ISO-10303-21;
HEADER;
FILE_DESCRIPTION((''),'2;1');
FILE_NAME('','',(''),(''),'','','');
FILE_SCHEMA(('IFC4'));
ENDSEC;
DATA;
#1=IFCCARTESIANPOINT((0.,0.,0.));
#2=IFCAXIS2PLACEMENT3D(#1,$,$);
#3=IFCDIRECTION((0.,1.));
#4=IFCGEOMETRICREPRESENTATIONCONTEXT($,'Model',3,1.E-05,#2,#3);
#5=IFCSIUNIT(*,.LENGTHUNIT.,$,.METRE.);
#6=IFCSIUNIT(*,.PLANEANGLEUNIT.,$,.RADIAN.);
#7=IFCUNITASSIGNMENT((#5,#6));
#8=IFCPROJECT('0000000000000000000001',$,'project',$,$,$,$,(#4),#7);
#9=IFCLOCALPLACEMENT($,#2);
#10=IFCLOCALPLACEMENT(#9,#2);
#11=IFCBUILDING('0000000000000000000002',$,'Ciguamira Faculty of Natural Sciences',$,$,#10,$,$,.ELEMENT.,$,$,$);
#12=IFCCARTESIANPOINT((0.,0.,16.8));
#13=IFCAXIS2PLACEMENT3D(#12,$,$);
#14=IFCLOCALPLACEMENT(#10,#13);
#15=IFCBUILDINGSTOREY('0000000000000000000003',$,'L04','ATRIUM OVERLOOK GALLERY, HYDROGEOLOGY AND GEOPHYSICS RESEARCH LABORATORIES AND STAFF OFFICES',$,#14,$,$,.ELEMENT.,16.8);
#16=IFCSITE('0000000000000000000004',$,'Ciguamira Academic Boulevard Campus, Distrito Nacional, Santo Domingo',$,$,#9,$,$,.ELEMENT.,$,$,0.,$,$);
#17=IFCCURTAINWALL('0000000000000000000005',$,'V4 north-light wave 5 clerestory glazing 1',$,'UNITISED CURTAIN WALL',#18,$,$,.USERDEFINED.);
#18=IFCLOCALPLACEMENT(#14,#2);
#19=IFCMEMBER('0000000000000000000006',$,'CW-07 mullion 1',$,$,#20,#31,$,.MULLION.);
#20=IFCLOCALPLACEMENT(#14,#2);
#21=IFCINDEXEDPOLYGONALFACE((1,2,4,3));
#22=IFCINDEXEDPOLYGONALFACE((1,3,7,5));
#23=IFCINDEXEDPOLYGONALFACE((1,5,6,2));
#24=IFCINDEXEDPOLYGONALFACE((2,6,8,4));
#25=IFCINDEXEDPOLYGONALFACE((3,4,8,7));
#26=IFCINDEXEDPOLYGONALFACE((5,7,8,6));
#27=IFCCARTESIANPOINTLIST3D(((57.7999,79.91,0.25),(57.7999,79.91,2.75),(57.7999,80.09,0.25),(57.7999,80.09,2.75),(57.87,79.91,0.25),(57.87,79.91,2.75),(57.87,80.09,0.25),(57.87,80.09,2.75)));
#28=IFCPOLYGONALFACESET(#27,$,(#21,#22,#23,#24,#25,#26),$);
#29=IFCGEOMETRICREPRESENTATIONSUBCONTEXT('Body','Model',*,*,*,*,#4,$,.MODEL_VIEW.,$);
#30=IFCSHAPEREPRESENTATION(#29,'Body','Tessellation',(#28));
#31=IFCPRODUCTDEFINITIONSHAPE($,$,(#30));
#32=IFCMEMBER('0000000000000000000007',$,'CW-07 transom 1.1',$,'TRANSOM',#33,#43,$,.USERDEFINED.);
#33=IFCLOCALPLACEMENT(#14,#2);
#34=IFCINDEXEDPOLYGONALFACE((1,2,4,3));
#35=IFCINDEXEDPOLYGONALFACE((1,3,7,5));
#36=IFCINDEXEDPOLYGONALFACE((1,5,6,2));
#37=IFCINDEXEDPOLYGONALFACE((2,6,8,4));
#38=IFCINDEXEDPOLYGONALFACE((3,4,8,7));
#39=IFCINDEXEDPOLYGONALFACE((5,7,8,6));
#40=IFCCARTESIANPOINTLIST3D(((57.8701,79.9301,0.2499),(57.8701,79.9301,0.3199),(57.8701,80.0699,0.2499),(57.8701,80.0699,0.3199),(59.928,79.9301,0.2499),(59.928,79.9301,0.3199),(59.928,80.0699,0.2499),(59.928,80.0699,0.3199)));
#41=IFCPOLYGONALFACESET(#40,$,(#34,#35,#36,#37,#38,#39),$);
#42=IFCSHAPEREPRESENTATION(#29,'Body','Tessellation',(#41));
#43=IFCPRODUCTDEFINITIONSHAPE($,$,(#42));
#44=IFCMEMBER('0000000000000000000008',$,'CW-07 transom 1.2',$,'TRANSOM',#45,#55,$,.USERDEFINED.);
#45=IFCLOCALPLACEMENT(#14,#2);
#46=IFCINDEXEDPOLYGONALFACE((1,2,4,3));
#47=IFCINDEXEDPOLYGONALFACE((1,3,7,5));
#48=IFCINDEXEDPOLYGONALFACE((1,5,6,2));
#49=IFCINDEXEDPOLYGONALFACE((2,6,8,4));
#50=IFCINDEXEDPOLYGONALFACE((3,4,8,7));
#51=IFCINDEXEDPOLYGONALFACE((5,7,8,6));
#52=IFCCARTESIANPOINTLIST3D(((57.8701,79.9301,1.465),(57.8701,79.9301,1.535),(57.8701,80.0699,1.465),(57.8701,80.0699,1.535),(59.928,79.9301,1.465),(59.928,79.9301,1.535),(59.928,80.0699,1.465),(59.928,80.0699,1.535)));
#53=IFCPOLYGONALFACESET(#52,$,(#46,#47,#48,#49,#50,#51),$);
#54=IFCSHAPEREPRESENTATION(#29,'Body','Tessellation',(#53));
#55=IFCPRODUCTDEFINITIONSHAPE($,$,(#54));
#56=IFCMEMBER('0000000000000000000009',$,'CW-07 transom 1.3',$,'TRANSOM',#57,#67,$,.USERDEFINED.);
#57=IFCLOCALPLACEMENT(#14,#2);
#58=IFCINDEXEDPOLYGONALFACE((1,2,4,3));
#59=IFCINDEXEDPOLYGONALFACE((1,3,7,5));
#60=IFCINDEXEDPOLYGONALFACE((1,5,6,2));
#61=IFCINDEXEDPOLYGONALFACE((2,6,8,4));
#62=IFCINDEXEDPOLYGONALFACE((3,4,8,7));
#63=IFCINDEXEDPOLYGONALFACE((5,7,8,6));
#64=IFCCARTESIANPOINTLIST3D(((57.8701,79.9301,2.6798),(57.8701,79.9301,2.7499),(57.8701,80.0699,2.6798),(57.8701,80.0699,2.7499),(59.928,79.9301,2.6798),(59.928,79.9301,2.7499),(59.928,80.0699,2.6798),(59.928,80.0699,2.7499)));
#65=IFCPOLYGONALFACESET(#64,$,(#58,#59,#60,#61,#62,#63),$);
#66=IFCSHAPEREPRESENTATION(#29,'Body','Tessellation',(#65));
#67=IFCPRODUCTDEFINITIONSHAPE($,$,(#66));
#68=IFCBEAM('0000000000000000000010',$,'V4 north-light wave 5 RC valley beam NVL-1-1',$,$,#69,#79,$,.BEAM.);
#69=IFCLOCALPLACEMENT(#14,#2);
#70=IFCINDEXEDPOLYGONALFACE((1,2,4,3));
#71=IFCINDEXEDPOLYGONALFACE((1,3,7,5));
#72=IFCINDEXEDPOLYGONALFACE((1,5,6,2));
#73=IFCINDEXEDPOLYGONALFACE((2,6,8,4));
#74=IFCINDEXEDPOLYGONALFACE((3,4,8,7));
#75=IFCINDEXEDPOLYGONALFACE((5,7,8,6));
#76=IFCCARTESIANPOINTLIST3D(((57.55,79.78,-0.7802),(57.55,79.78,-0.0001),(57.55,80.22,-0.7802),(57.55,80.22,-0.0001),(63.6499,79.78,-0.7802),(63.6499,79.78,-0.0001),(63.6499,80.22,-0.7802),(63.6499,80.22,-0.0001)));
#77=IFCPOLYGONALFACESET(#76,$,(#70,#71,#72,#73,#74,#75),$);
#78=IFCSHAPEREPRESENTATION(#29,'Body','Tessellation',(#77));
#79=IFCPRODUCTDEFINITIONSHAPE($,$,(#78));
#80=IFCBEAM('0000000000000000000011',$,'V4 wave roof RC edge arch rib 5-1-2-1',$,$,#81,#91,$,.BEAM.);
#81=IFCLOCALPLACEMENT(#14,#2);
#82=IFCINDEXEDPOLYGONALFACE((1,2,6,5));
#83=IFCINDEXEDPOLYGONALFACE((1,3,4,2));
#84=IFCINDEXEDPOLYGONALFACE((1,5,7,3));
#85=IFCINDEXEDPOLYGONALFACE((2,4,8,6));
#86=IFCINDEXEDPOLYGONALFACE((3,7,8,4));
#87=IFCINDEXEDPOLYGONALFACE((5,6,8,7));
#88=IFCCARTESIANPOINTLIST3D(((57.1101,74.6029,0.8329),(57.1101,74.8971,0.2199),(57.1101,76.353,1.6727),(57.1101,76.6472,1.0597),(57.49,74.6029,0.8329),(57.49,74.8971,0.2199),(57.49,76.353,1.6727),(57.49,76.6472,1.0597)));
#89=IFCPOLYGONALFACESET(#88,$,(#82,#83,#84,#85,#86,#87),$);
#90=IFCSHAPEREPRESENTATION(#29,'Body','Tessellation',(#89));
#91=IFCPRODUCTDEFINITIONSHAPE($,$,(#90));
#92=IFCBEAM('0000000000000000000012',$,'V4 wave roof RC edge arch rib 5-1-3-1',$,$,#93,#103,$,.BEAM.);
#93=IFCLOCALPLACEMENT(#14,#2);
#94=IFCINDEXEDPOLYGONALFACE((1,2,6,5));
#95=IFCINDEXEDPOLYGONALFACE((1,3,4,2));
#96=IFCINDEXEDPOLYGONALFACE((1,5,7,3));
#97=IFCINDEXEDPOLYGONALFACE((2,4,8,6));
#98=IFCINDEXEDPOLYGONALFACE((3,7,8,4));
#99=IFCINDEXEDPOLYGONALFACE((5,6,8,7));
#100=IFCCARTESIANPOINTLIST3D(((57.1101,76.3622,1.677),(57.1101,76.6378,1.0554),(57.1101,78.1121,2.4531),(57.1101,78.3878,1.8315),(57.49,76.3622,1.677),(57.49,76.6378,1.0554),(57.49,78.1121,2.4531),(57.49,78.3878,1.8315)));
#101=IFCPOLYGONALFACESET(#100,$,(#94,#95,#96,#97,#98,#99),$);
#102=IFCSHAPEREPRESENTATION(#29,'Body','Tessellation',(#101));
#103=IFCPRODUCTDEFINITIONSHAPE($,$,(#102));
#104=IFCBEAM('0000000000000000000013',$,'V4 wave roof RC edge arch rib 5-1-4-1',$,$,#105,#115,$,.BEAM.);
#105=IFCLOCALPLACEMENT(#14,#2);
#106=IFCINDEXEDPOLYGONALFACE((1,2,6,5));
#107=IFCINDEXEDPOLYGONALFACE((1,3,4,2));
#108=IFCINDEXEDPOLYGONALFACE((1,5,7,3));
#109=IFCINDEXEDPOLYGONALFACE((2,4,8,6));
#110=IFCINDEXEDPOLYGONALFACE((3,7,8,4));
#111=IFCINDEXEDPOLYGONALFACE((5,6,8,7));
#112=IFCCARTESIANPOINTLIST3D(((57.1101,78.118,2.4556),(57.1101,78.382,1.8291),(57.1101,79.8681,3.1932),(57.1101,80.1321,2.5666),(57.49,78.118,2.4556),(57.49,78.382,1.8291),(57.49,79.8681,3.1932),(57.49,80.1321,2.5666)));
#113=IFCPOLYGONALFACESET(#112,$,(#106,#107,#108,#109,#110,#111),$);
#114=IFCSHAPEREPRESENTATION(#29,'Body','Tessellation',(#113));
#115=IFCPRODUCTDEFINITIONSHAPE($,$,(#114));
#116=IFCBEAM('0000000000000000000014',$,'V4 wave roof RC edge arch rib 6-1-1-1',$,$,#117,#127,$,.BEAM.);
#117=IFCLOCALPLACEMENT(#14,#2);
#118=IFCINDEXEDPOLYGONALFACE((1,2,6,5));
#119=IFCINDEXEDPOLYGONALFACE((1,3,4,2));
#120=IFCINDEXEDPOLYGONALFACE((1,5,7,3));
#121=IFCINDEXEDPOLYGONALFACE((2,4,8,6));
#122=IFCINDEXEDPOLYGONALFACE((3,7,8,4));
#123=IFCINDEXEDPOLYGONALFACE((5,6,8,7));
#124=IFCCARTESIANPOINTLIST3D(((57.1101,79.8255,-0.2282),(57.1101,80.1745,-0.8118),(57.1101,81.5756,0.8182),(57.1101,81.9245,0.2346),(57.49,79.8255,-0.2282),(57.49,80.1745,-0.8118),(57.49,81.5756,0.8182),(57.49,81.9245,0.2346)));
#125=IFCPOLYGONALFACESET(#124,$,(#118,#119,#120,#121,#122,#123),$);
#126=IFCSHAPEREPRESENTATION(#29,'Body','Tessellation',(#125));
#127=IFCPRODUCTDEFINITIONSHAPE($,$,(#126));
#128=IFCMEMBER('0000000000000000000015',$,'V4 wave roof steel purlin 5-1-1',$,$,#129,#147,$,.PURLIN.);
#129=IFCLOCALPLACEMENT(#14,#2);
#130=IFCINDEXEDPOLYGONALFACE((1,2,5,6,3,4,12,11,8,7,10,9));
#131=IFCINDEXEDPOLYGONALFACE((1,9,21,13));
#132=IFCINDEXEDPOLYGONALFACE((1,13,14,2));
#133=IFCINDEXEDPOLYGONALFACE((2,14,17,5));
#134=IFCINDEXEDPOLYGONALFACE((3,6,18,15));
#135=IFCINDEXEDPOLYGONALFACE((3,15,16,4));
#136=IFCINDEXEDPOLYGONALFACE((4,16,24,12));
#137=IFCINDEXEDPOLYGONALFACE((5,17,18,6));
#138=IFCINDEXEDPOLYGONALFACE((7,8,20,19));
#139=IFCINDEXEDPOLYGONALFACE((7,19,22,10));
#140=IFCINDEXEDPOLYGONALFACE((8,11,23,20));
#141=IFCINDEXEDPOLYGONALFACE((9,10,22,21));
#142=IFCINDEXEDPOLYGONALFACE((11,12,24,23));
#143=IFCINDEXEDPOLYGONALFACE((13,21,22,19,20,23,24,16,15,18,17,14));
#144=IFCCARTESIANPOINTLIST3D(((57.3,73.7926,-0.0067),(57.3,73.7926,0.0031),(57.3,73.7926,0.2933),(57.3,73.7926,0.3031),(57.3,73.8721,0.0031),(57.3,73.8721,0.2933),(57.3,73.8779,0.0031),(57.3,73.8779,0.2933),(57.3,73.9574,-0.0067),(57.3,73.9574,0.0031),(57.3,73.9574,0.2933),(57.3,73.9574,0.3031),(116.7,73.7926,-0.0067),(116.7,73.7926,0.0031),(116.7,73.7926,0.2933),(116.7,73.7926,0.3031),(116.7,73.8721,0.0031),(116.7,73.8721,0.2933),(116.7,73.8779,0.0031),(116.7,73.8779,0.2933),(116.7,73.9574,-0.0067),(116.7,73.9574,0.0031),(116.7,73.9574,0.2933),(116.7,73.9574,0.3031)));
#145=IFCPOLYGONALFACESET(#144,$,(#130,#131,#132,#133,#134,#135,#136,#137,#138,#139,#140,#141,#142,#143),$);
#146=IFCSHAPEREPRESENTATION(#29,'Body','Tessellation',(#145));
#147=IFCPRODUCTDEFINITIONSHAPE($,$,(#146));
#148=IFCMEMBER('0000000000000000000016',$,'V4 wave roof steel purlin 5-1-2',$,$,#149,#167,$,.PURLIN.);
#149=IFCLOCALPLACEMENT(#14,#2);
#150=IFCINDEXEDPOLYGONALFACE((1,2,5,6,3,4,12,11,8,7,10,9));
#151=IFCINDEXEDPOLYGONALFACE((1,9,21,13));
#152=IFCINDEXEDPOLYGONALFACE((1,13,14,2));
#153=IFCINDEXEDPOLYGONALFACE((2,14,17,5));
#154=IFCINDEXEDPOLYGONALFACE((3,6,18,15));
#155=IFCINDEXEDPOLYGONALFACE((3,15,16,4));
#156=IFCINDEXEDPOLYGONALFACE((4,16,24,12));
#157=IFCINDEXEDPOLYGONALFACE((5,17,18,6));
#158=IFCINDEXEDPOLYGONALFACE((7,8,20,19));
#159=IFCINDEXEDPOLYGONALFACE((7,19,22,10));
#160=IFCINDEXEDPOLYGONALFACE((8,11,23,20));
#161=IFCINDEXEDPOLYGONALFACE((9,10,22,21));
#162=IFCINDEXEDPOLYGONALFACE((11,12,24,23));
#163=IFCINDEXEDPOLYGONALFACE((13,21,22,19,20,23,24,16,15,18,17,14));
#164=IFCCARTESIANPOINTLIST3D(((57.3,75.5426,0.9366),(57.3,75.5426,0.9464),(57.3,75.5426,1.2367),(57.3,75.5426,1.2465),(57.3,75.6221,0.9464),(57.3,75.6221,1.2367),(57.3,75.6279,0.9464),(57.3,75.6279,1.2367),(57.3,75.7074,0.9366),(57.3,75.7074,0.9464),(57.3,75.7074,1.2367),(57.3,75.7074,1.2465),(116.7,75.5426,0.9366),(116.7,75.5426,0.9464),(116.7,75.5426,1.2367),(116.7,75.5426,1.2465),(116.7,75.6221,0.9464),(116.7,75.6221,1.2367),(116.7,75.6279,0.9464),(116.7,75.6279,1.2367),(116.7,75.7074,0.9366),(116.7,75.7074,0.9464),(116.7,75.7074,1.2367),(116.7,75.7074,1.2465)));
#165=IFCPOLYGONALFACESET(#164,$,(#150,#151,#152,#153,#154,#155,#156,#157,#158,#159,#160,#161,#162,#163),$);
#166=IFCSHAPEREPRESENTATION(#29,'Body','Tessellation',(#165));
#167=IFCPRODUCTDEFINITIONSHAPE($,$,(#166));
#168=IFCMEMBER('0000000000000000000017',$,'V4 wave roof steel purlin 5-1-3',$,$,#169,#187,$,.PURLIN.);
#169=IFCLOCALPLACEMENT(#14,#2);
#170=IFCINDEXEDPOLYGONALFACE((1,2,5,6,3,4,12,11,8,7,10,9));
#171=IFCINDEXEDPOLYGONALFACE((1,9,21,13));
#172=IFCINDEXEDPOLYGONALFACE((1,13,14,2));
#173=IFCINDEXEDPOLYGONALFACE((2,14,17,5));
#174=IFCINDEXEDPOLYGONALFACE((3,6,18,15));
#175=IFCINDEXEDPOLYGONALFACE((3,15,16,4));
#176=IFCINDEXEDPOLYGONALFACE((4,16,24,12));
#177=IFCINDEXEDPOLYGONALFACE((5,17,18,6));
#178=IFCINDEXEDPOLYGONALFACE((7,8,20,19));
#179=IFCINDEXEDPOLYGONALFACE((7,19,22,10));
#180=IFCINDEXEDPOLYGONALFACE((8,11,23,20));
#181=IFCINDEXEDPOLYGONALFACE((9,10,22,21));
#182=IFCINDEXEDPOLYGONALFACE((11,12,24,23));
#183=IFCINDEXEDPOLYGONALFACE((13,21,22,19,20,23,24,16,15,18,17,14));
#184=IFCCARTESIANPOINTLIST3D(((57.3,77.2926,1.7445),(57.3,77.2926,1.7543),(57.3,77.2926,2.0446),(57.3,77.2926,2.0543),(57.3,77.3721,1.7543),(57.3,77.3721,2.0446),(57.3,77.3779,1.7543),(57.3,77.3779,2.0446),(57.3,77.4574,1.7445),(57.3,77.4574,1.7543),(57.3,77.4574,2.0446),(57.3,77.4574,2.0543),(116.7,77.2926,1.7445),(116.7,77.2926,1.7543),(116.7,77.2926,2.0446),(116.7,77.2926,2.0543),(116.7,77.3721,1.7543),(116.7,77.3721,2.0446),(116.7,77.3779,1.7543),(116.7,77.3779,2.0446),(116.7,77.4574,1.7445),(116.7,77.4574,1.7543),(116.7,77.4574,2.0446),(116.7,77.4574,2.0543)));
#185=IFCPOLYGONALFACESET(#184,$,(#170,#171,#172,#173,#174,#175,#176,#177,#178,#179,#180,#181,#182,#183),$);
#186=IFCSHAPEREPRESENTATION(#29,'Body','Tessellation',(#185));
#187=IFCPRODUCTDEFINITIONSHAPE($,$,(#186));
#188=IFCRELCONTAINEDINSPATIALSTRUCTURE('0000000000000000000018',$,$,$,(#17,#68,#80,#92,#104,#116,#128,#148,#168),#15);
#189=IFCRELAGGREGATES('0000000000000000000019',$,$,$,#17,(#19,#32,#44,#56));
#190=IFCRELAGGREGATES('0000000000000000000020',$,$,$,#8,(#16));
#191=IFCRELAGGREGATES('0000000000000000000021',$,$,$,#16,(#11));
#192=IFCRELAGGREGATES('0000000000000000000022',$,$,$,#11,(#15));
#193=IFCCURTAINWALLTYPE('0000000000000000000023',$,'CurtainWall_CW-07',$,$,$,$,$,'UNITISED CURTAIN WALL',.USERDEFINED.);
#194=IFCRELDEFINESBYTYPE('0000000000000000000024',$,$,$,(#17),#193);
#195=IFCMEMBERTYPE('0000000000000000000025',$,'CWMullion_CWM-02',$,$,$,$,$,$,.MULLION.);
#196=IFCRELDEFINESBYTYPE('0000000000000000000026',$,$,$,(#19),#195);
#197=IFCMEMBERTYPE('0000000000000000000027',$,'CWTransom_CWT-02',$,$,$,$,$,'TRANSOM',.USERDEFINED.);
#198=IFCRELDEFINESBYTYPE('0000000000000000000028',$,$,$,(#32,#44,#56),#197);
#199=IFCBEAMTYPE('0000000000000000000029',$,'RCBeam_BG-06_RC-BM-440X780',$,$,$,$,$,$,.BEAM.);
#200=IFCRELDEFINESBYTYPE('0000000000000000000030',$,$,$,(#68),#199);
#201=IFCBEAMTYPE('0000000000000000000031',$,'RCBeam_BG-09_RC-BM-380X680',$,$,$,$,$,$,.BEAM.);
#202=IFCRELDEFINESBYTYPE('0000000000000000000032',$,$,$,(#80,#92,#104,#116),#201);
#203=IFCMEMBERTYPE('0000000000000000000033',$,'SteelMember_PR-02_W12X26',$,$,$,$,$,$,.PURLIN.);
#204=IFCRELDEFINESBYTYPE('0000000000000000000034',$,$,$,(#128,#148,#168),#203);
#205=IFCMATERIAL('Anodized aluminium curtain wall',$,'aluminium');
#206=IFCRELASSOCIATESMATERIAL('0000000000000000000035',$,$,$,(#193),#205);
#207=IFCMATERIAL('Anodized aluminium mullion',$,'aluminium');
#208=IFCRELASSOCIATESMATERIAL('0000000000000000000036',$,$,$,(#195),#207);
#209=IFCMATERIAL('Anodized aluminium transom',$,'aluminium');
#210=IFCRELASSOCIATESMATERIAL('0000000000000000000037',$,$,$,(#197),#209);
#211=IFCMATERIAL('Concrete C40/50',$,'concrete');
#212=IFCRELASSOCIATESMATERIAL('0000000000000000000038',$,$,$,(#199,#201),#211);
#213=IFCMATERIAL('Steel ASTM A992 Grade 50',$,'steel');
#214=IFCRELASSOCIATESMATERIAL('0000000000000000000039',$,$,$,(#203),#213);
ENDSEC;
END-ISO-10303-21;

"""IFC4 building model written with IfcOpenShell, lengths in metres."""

from ifc_helpers import new_model, si_unit, direction, frame, origin, origin_2d, place, context, subcontext, project, spatial, rectangle, i_section, extrude, material, material_profile, profile_set, type_object, element, aggregate, save


model = new_model("IFC4")

# Units and contexts
model_context = context("Model", 3, precision=1e-05, world=origin(), true_north=direction((0.0, 1.0)))
body_context = subcontext(model_context, "Body", "Model", "MODEL_VIEW")
ifc_project = project(units=[si_unit("LENGTHUNIT", "METRE"), si_unit("PLANEANGLEUNIT", "RADIAN")], contexts=[model_context])

# Site, building, storey
site_placement = place(None, origin())
site = spatial("IfcSite", under=ifc_project, at=site_placement, Name="Ciguamira Academic Boulevard Campus, Distrito Nacional, Santo Domingo", CompositionType="ELEMENT", RefElevation=0.0)
building_placement = place(site_placement, origin())
building = spatial("IfcBuilding", under=site, at=building_placement, Name="Ciguamira Faculty of Natural Sciences", CompositionType="ELEMENT")
storey_placement = place(building_placement, frame((0.0, 0.0, 16.8)))
storey = spatial("IfcBuildingStorey", under=building, at=storey_placement, Name="L04", Description="ATRIUM OVERLOOK GALLERY, HYDROGEOLOGY AND GEOPHYSICS RESEARCH LABORATORIES AND STAFF OFFICES", CompositionType="ELEMENT", Elevation=16.8)

# Curtain wall, members
ifc_material_1 = material(Name="Anodized aluminium curtain wall", Category="aluminium")
curtain_wall_type = type_object("IfcCurtainWallType", Name="CurtainWall_CW-07", ElementType="UNITISED CURTAIN WALL", PredefinedType="USERDEFINED", material=ifc_material_1)
curtain_wall_placement = place(storey_placement, origin())
curtain_wall = element("IfcCurtainWall", 1, at=curtain_wall_placement, inside=storey, type_object=curtain_wall_type, Name="V4 north-light wave 5 clerestory glazing 1", ObjectType="UNITISED CURTAIN WALL", PredefinedType="USERDEFINED")
ifc_material_2 = material(Name="Anodized aluminium mullion", Category="aluminium")
ifc_material_profile_1 = material_profile(ifc_material_2, rectangle(XDim=0.0701, YDim=0.1799, at=origin_2d()), Name="ALU-MUL-70X180")
ifc_profile_set_1 = profile_set([ifc_material_profile_1], Name="Anodized aluminium mullion")
member_type_1 = type_object("IfcMemberType", Name="CWMullion_CWM-02", PredefinedType="MULLION", material=ifc_profile_set_1)
member_1_placement = place(storey_placement, frame((57.835, 80.0, 0.25), z_axis=(0.0, 0.0, 1.0), x_axis=(1.0, 0.0, 0.0)))
member_1 = element("IfcMember", 2, at=member_1_placement, type_object=member_type_1, Name="CW-07 mullion 1", PredefinedType="MULLION", context=body_context, shape_type="SweptSolid", body=[
    extrude(rectangle(XDim=0.0701, YDim=0.1799, at=origin_2d()), origin(), (0.0, 0.0, 1.0), 2.5),
])
ifc_material_3 = material(Name="Anodized aluminium transom", Category="aluminium")
ifc_material_profile_2 = material_profile(ifc_material_3, rectangle(XDim=0.0701, YDim=0.1399, at=origin_2d()), Name="ALU-TRN-70X140")
ifc_profile_set_2 = profile_set([ifc_material_profile_2], Name="Anodized aluminium transom")
member_type_2 = type_object("IfcMemberType", Name="CWTransom_CWT-02", ElementType="TRANSOM", PredefinedType="USERDEFINED", material=ifc_profile_set_2)
member_2_placement = place(storey_placement, frame((57.8701, 80.0, 0.2849), z_axis=(1.0, 0.0, 0.0), x_axis=(0.0, 0.0, 1.0)))
member_2 = element("IfcMember", 3, at=member_2_placement, type_object=member_type_2, Name="CW-07 transom 1.1", ObjectType="TRANSOM", PredefinedType="USERDEFINED", context=body_context, shape_type="SweptSolid", body=[
    extrude(rectangle(XDim=0.0701, YDim=0.1399, at=origin_2d()), origin(), (0.0, 0.0, 1.0), 2.0579),
])
member_3_placement = place(storey_placement, frame((57.8701, 80.0, 1.5), z_axis=(1.0, 0.0, 0.0), x_axis=(0.0, 0.0, 1.0)))
member_3 = element("IfcMember", 4, at=member_3_placement, type_object=member_type_2, Name="CW-07 transom 1.2", ObjectType="TRANSOM", PredefinedType="USERDEFINED", context=body_context, shape_type="SweptSolid", body=[
    extrude(rectangle(XDim=0.0701, YDim=0.1399, at=origin_2d()), origin(), (0.0, 0.0, 1.0), 2.0579),
])
member_4_placement = place(storey_placement, frame((57.8701, 80.0, 2.7148), z_axis=(1.0, 0.0, 0.0), x_axis=(0.0, 0.0, 1.0)))
member_4 = element("IfcMember", 5, at=member_4_placement, type_object=member_type_2, Name="CW-07 transom 1.3", ObjectType="TRANSOM", PredefinedType="USERDEFINED", context=body_context, shape_type="SweptSolid", body=[
    extrude(rectangle(XDim=0.0701, YDim=0.1399, at=origin_2d()), origin(), (0.0, 0.0, 1.0), 2.0579),
])

# Beams
ifc_material_4 = material(Name="Concrete C40/50", Category="concrete")
ifc_material_profile_3 = material_profile(ifc_material_4, rectangle(XDim=0.4399, YDim=0.78, at=origin_2d()), Name="RC-BM-440X780")
ifc_profile_set_3 = profile_set([ifc_material_profile_3], Name="Concrete C40/50")
beam_type_1 = type_object("IfcBeamType", Name="RCBeam_BG-06_RC-BM-440X780", PredefinedType="BEAM", material=ifc_profile_set_3)
beam_1_placement = place(storey_placement, frame((57.55, 80.0, -0.3901), z_axis=(1.0, 0.0, 0.0), x_axis=(0.0, 1.0, 0.0)))
element("IfcBeam", 6, at=beam_1_placement, inside=storey, type_object=beam_type_1, Name="V4 north-light wave 5 RC valley beam NVL-1-1", PredefinedType="BEAM", context=body_context, shape_type="SweptSolid", body=[
    extrude(rectangle(XDim=0.4399, YDim=0.78, at=origin_2d()), origin(), (0.0, 0.0, 1.0), 6.0999),
])
ifc_material_profile_4 = material_profile(ifc_material_4, rectangle(XDim=0.3799, YDim=0.6799, at=origin_2d()), Name="RC-BM-380X680")
ifc_profile_set_4 = profile_set([ifc_material_profile_4], Name="Concrete C40/50")
beam_type_2 = type_object("IfcBeamType", Name="RCBeam_BG-09_RC-BM-380X680", PredefinedType="BEAM", material=ifc_profile_set_4)
beam_2_placement = place(storey_placement, frame((57.3, 74.75, 0.5264), z_axis=(0.0, 0.901554, 0.432666), x_axis=(-1.0, 0.0, 0.0)))
element("IfcBeam", 7, at=beam_2_placement, inside=storey, type_object=beam_type_2, Name="V4 wave roof RC edge arch rib 5-1-2-1", PredefinedType="BEAM", context=body_context, shape_type="SweptSolid", body=[
    extrude(rectangle(XDim=0.3799, YDim=0.6799, at=origin_2d()), origin(), (0.0, 0.0, 1.0), 1.9412),
])
beam_3_placement = place(storey_placement, frame((57.3, 76.5, 1.3662), z_axis=(0.0, 0.914132, 0.405417), x_axis=(-1.0, 0.0, 0.0)))
element("IfcBeam", 8, at=beam_3_placement, inside=storey, type_object=beam_type_2, Name="V4 wave roof RC edge arch rib 5-1-3-1", PredefinedType="BEAM", context=body_context, shape_type="SweptSolid", body=[
    extrude(rectangle(XDim=0.3799, YDim=0.6799, at=origin_2d()), origin(), (0.0, 0.0, 1.0), 1.9143),
])
beam_4_placement = place(storey_placement, frame((57.3, 78.25, 2.1423), z_axis=(0.0, 0.921502, 0.388373), x_axis=(-1.0, 0.0, 0.0)))
element("IfcBeam", 9, at=beam_4_placement, inside=storey, type_object=beam_type_2, Name="V4 wave roof RC edge arch rib 5-1-4-1", PredefinedType="BEAM", context=body_context, shape_type="SweptSolid", body=[
    extrude(rectangle(XDim=0.3799, YDim=0.6799, at=origin_2d()), origin(), (0.0, 0.0, 1.0), 1.8992),
])
beam_5_placement = place(storey_placement, frame((57.3, 80.0, -0.52), z_axis=(0.0, 0.858274, 0.513192), x_axis=(-1.0, 0.0, 0.0)))
element("IfcBeam", 10, at=beam_5_placement, inside=storey, type_object=beam_type_2, Name="V4 wave roof RC edge arch rib 6-1-1-1", PredefinedType="BEAM", context=body_context, shape_type="SweptSolid", body=[
    extrude(rectangle(XDim=0.3799, YDim=0.6799, at=origin_2d()), origin(), (0.0, 0.0, 1.0), 2.0391),
])

# Members
ifc_material_5 = material(Name="Steel ASTM A992 Grade 50", Category="steel")
ifc_material_profile_5 = material_profile(ifc_material_5, i_section(OverallWidth=0.1648, OverallDepth=0.3098, WebThickness=0.0059, FlangeThickness=0.0098, at=origin_2d()), Name="W12X26")
ifc_profile_set_5 = profile_set([ifc_material_profile_5], Name="Steel ASTM A992 Grade 50")
member_type_3 = type_object("IfcMemberType", Name="SteelMember_PR-02_W12X26", PredefinedType="PURLIN", material=ifc_profile_set_5)
for number, where, z_axis, x_axis, name in (
    (11, (57.3, 73.875, 0.1482), (1.0, 0.0, 0.0), (0.0, 1.0, 0.0), "V4 wave roof steel purlin 5-1-1"),
    (12, (57.3, 75.625, 1.0916), (1.0, 0.0, 0.0), (0.0, 1.0, 0.0), "V4 wave roof steel purlin 5-1-2"),
    (13, (57.3, 77.375, 1.8994), (1.0, 0.0, 0.0), (0.0, 1.0, 0.0), "V4 wave roof steel purlin 5-1-3"),
):
    element("IfcMember", number, at=place(storey_placement, frame(where, z_axis=z_axis, x_axis=x_axis)), inside=storey, type_object=member_type_3, Name=name, PredefinedType="PURLIN", context=body_context, shape_type="SweptSolid", body=[
        extrude(i_section(OverallWidth=0.1648, OverallDepth=0.3098, WebThickness=0.0059, FlangeThickness=0.0098, at=origin_2d()), origin(), (0.0, 0.0, 1.0), 59.3999),
    ])

aggregate(curtain_wall, [member_1, member_2, member_3, member_4])

save(model, "model.ifc")
